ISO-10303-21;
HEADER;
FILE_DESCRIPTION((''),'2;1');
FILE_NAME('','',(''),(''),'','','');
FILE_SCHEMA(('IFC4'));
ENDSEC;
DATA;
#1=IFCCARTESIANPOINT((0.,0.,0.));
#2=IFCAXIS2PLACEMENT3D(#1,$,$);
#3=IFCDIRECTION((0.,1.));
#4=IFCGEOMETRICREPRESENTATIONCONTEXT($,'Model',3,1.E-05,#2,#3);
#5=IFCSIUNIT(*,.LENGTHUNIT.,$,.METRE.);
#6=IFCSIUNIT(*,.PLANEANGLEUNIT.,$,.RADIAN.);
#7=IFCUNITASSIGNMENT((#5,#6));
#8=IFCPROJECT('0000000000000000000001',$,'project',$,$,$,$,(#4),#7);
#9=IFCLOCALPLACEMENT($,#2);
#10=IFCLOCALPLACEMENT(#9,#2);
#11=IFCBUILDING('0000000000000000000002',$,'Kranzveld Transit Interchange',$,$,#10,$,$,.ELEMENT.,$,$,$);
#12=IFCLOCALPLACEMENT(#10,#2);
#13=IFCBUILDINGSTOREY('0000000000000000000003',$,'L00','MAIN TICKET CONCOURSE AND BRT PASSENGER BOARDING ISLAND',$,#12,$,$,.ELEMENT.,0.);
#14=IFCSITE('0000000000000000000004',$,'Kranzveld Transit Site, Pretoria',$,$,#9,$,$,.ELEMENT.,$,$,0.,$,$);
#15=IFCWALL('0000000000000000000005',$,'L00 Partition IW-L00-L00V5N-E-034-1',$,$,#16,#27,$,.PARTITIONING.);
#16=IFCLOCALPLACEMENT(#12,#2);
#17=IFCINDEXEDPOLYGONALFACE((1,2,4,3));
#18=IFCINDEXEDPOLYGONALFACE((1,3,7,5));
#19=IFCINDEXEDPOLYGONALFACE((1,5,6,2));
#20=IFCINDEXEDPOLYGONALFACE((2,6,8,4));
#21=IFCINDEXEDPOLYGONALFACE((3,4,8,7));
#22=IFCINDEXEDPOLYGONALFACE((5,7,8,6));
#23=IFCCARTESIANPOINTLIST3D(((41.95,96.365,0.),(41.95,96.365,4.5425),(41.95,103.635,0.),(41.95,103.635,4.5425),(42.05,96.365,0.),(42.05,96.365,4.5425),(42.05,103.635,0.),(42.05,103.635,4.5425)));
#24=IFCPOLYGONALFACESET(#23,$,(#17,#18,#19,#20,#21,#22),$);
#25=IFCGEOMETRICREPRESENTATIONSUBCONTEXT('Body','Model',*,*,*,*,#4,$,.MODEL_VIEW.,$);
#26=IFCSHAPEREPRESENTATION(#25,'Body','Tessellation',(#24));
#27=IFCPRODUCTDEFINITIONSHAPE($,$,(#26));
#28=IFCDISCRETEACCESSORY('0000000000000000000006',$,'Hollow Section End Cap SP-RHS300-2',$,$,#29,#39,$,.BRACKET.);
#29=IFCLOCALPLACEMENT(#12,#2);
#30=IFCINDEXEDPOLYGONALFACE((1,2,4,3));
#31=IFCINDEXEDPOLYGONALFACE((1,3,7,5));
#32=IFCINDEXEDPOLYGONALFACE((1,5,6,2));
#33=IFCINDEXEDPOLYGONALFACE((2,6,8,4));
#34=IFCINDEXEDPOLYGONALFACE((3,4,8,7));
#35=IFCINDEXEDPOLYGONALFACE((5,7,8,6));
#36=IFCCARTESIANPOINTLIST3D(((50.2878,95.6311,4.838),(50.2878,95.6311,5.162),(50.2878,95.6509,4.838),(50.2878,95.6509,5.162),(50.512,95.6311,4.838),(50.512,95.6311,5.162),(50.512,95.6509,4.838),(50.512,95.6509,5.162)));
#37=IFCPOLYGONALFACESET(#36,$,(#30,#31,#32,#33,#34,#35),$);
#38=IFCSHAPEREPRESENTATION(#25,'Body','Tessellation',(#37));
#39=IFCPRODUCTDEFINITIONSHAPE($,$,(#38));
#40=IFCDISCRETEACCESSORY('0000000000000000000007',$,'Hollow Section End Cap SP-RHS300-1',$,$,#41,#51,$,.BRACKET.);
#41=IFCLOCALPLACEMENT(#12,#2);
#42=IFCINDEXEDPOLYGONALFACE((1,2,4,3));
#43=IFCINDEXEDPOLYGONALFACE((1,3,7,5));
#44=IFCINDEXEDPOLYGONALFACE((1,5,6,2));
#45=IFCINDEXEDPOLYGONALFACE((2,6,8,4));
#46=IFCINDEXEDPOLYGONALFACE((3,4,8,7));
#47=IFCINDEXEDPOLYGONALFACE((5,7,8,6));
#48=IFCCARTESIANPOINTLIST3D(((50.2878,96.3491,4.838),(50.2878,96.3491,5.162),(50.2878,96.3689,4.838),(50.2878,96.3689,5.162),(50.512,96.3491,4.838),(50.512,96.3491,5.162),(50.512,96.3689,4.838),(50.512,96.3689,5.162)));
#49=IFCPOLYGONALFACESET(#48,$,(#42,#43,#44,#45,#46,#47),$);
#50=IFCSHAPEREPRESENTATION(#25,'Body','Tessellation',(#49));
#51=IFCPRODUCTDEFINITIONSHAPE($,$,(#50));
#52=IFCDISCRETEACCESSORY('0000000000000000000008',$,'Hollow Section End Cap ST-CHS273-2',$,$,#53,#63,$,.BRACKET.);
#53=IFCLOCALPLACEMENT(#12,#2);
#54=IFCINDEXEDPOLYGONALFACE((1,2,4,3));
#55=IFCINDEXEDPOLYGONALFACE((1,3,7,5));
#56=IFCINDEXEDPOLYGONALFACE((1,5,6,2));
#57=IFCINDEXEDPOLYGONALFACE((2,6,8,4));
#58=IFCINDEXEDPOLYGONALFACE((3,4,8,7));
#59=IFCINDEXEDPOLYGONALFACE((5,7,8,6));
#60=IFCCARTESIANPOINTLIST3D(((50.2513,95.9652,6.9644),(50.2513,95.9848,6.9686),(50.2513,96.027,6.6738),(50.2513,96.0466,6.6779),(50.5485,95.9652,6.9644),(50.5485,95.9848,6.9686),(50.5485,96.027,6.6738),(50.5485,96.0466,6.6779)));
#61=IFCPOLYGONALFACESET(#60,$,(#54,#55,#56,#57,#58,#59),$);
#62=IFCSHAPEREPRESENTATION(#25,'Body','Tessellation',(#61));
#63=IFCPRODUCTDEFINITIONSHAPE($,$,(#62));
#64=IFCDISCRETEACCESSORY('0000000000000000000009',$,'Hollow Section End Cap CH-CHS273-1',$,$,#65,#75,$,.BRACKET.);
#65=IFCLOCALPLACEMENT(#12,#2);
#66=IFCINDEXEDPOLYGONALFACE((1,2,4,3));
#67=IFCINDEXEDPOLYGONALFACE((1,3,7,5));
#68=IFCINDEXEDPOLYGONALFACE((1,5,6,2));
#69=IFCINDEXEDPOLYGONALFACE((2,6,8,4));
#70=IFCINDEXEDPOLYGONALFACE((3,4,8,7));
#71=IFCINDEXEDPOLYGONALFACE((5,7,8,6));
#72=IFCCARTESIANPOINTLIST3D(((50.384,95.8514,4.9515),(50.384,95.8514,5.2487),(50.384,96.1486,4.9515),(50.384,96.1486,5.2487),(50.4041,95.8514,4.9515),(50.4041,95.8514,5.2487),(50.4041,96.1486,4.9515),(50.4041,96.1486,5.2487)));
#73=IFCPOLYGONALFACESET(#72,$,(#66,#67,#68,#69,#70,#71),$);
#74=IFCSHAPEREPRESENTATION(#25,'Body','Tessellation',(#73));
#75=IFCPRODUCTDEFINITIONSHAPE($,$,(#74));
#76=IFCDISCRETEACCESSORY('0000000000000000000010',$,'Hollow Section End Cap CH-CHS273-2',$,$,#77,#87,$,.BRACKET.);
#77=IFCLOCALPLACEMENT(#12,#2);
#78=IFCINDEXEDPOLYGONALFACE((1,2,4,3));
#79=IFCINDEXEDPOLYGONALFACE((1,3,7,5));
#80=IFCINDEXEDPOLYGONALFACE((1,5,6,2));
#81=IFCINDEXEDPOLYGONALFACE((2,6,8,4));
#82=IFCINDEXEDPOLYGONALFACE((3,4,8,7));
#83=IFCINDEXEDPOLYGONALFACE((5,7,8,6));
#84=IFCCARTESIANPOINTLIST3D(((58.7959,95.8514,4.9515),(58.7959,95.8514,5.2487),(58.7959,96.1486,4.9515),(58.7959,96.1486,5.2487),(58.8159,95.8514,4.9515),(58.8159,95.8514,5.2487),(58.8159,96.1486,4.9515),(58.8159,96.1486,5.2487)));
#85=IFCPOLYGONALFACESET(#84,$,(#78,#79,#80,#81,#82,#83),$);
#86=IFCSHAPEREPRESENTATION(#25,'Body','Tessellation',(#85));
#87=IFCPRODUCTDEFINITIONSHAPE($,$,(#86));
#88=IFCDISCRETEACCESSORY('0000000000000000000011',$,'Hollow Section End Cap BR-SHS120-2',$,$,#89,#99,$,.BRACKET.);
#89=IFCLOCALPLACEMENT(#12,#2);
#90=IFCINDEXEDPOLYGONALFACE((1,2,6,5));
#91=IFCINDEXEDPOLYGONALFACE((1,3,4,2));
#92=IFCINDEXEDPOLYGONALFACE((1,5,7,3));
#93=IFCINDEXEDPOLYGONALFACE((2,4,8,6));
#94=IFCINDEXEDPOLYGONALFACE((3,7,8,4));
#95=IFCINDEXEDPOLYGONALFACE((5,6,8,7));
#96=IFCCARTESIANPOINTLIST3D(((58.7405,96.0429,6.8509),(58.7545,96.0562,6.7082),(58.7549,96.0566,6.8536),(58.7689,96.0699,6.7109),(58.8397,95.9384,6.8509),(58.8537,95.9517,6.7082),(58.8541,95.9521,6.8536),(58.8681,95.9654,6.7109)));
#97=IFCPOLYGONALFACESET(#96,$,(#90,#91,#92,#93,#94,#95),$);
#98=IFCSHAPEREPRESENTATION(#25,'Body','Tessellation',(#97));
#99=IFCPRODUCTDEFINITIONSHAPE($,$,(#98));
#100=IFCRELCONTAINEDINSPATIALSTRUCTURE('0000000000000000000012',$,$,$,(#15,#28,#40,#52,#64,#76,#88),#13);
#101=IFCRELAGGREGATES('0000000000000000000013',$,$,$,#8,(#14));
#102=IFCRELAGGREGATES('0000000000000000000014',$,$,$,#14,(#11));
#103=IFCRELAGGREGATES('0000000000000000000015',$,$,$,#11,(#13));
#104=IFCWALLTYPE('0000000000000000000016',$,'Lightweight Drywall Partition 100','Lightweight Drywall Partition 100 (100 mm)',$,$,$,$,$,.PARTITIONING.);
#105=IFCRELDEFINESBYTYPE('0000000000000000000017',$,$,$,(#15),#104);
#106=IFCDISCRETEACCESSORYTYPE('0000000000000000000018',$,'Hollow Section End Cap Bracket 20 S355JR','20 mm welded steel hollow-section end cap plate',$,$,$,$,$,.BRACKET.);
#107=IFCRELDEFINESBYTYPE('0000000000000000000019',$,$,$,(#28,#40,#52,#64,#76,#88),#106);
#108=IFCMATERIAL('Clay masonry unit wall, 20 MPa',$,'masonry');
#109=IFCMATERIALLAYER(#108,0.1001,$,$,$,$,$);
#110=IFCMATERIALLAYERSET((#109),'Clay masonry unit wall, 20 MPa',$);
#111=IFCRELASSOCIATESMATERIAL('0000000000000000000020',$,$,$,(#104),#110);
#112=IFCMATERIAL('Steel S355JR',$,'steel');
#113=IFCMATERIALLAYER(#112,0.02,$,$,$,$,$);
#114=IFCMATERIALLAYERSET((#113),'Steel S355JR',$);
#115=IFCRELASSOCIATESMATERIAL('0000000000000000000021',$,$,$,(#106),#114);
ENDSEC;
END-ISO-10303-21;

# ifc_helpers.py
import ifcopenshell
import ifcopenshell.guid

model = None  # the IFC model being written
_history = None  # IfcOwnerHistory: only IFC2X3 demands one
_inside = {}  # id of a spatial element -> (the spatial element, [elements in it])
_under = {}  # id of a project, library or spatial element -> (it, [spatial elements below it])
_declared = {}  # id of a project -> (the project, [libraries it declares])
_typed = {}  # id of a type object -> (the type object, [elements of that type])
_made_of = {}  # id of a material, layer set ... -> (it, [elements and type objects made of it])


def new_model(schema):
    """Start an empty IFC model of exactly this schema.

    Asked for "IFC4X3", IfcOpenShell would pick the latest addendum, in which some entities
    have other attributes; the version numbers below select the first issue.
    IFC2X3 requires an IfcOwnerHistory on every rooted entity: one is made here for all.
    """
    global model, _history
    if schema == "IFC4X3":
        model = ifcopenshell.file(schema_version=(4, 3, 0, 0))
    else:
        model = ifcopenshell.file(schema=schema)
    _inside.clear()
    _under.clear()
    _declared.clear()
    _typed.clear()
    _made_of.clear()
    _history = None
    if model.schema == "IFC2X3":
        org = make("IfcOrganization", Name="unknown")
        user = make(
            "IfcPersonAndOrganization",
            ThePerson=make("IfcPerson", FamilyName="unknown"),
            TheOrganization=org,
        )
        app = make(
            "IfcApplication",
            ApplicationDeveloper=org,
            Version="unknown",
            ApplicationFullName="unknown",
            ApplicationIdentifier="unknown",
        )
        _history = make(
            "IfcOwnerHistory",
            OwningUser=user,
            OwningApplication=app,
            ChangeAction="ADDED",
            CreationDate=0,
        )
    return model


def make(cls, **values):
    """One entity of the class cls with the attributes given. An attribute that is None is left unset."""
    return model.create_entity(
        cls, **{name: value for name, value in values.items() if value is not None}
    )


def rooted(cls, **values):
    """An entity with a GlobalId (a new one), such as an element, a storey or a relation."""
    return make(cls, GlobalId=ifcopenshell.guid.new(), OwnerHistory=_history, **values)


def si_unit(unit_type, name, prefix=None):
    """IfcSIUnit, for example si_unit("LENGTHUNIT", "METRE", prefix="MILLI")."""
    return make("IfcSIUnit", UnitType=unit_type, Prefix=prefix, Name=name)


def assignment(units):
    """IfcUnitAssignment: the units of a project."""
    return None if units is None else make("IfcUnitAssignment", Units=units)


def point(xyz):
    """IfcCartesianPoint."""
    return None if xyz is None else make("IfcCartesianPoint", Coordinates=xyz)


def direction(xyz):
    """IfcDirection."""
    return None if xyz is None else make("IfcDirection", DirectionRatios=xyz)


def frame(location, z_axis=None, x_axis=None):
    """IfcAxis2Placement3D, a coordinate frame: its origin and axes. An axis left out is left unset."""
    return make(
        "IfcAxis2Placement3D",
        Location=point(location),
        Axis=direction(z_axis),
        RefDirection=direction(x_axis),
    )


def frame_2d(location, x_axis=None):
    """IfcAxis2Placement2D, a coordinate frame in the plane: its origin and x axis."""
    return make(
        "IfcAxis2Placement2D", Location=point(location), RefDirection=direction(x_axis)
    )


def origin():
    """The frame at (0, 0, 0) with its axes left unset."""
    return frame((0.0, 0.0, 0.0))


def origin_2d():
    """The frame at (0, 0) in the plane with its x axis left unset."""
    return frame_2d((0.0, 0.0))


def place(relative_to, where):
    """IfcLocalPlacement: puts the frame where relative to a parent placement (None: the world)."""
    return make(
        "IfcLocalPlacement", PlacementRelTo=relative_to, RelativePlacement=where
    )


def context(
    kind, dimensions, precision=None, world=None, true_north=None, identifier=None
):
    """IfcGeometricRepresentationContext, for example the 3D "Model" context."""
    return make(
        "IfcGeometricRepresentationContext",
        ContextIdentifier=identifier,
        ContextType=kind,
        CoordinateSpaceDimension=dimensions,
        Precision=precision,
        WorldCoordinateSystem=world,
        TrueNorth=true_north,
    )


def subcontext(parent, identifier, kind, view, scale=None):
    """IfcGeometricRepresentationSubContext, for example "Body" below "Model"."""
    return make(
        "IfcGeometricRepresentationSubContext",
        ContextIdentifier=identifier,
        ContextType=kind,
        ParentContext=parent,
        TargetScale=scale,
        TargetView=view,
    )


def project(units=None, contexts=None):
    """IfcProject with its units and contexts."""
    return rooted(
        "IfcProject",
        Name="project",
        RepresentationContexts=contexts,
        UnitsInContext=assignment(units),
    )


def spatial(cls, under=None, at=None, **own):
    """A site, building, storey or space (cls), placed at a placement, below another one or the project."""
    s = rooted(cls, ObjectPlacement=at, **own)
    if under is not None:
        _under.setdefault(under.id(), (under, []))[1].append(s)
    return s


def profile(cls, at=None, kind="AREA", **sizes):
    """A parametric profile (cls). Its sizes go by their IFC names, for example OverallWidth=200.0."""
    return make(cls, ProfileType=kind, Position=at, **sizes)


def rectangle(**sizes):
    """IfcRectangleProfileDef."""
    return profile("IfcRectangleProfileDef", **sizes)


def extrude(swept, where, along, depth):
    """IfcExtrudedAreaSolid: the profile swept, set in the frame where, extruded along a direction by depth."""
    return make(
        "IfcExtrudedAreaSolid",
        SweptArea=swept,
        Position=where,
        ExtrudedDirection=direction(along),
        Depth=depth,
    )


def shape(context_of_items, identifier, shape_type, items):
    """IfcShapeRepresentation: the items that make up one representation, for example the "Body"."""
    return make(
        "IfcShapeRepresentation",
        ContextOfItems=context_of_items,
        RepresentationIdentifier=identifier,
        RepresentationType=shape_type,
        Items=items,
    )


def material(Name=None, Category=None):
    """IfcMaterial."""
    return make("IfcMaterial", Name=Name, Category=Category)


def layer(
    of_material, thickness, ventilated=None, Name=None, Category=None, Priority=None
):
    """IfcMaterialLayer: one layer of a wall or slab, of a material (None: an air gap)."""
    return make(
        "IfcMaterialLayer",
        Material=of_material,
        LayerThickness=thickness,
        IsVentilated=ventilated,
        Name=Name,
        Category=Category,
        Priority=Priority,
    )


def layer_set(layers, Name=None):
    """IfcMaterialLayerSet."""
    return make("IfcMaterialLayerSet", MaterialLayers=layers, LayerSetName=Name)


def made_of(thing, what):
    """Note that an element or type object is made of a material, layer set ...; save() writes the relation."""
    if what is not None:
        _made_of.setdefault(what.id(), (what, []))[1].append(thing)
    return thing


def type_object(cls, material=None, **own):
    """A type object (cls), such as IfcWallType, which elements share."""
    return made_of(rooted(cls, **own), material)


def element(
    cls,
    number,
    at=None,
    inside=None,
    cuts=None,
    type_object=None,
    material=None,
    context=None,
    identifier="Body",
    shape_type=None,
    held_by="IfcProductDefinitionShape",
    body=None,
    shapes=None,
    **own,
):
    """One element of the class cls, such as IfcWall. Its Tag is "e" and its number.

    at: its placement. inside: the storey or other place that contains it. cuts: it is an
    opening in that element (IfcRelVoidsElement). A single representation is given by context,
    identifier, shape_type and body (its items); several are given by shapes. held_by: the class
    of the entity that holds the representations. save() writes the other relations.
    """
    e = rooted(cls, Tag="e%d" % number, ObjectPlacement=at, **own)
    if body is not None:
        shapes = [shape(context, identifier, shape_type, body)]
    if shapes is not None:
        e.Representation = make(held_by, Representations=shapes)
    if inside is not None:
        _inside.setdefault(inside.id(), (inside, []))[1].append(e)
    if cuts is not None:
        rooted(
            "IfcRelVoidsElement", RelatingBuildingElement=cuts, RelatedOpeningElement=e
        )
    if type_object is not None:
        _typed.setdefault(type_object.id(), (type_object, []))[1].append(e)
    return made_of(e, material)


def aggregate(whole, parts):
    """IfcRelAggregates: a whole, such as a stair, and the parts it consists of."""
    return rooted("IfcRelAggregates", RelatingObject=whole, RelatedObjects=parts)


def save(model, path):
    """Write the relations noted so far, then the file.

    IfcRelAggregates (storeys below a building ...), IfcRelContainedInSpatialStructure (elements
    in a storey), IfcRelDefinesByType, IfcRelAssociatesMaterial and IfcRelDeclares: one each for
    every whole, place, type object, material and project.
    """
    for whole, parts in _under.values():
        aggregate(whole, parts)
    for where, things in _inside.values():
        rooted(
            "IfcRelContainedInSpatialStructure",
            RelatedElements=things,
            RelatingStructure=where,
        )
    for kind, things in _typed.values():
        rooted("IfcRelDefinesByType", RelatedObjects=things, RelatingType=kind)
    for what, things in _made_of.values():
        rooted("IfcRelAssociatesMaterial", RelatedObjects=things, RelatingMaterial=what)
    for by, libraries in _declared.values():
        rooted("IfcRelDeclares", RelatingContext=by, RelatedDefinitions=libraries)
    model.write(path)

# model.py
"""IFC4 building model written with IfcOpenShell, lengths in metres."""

from ifc_helpers import new_model, si_unit, direction, frame, frame_2d, origin, origin_2d, place, context, subcontext, project, spatial, rectangle, extrude, material, layer, layer_set, type_object, element, save


model = new_model("IFC4")

# Units and contexts
model_context = context("Model", 3, precision=1e-05, world=origin(), true_north=direction((0.0, 1.0)))
body_context = subcontext(model_context, "Body", "Model", "MODEL_VIEW")
ifc_project = project(units=[si_unit("LENGTHUNIT", "METRE"), si_unit("PLANEANGLEUNIT", "RADIAN")], contexts=[model_context])

# Site, building, storey
site_placement = place(None, origin())
site = spatial("IfcSite", under=ifc_project, at=site_placement, Name="Kranzveld Transit Site, Pretoria", CompositionType="ELEMENT", RefElevation=0.0)
building_placement = place(site_placement, origin())
building = spatial("IfcBuilding", under=site, at=building_placement, Name="Kranzveld Transit Interchange", CompositionType="ELEMENT")
storey_placement = place(building_placement, origin())
storey = spatial("IfcBuildingStorey", under=building, at=storey_placement, Name="L00", Description="MAIN TICKET CONCOURSE AND BRT PASSENGER BOARDING ISLAND", CompositionType="ELEMENT", Elevation=0.0)

# Wall
ifc_material_1 = material(Name="Clay masonry unit wall, 20 MPa", Category="masonry")
ifc_layer_1 = layer(ifc_material_1, 0.1001)
ifc_layer_set_1 = layer_set([ifc_layer_1], Name="Clay masonry unit wall, 20 MPa")
wall_type_1 = type_object("IfcWallType", Name="Lightweight Drywall Partition 100", Description="Lightweight Drywall Partition 100 (100 mm)", PredefinedType="PARTITIONING", material=ifc_layer_set_1)
wall_1_placement = place(storey_placement, frame((42.0, 96.365, 0.0), z_axis=(0.0, 0.0, 1.0), x_axis=(0.0, 1.0, 0.0)))
element("IfcWall", 1, at=wall_1_placement, inside=storey, type_object=wall_type_1, Name="L00 Partition IW-L00-L00V5N-E-034-1", PredefinedType="PARTITIONING", context=body_context, shape_type="SweptSolid", body=[
    extrude(rectangle(XDim=7.27, YDim=0.1001, at=frame_2d((3.635, 0.0))), origin(), (0.0, 0.0, 1.0), 4.5425),
])

# Discrete accessories
ifc_material_2 = material(Name="Steel S355JR", Category="steel")
ifc_layer_2 = layer(ifc_material_2, 0.02)
ifc_layer_set_2 = layer_set([ifc_layer_2], Name="Steel S355JR")
discrete_accessory_type = type_object("IfcDiscreteAccessoryType", Name="Hollow Section End Cap Bracket 20 S355JR", Description="20 mm welded steel hollow-section end cap plate", PredefinedType="BRACKET", material=ifc_layer_set_2)
for number, where, z_axis, x_axis, name in (
    (2, (50.3999, 95.6311, 5.0), (0.0, 1.0, 0.0), (-1.0, 0.0, 0.0), "Hollow Section End Cap SP-RHS300-2"),
    (3, (50.3999, 96.3689, 5.0), (0.0, -1.0, 0.0), (1.0, 0.0, 0.0), "Hollow Section End Cap SP-RHS300-1"),
):
    element("IfcDiscreteAccessory", number, at=place(storey_placement, frame(where, z_axis=z_axis, x_axis=x_axis)), inside=storey, type_object=discrete_accessory_type, Name=name, PredefinedType="BRACKET", context=body_context, shape_type="SweptSolid", body=[
        extrude(rectangle(XDim=0.2241, YDim=0.324, at=origin_2d()), origin(), (0.0, 0.0, 1.0), 0.0198),
    ])
for number, where, z_axis, x_axis, name in (
    (4, (50.3999, 95.9961, 6.8191), (0.0, 0.978159, 0.207859), (-1.0, 0.0, 0.0), "Hollow Section End Cap ST-CHS273-2"),
    (5, (50.4041, 96.0, 5.1001), (-1.0, 0.0, 0.0), (0.0, -1.0, 0.0), "Hollow Section End Cap CH-CHS273-1"),
    (6, (58.7959, 96.0, 5.1001), (1.0, 0.0, 0.0), (0.0, 1.0, 0.0), "Hollow Section End Cap CH-CHS273-2"),
):
    element("IfcDiscreteAccessory", number, at=place(storey_placement, frame(where, z_axis=z_axis, x_axis=x_axis)), inside=storey, type_object=discrete_accessory_type, Name=name, PredefinedType="BRACKET", context=body_context, shape_type="SweptSolid", body=[
        extrude(rectangle(XDim=0.2971, YDim=0.2971, at=origin_2d()), origin(), (0.0, 0.0, 1.0), 0.02),
    ])
discrete_accessory_placement = place(storey_placement, frame((58.7971, 95.9973, 6.7795), z_axis=(0.718764, 0.682217, 0.134007), x_axis=(-0.688426, 0.725306, 0.0)))
element("IfcDiscreteAccessory", 7, at=discrete_accessory_placement, inside=storey, type_object=discrete_accessory_type, Name="Hollow Section End Cap BR-SHS120-2", PredefinedType="BRACKET", context=body_context, shape_type="SweptSolid", body=[
    extrude(rectangle(XDim=0.144, YDim=0.144, at=origin_2d()), origin(), (0.0, 0.0, 1.0), 0.02),
])

save(model, "model.ifc")
